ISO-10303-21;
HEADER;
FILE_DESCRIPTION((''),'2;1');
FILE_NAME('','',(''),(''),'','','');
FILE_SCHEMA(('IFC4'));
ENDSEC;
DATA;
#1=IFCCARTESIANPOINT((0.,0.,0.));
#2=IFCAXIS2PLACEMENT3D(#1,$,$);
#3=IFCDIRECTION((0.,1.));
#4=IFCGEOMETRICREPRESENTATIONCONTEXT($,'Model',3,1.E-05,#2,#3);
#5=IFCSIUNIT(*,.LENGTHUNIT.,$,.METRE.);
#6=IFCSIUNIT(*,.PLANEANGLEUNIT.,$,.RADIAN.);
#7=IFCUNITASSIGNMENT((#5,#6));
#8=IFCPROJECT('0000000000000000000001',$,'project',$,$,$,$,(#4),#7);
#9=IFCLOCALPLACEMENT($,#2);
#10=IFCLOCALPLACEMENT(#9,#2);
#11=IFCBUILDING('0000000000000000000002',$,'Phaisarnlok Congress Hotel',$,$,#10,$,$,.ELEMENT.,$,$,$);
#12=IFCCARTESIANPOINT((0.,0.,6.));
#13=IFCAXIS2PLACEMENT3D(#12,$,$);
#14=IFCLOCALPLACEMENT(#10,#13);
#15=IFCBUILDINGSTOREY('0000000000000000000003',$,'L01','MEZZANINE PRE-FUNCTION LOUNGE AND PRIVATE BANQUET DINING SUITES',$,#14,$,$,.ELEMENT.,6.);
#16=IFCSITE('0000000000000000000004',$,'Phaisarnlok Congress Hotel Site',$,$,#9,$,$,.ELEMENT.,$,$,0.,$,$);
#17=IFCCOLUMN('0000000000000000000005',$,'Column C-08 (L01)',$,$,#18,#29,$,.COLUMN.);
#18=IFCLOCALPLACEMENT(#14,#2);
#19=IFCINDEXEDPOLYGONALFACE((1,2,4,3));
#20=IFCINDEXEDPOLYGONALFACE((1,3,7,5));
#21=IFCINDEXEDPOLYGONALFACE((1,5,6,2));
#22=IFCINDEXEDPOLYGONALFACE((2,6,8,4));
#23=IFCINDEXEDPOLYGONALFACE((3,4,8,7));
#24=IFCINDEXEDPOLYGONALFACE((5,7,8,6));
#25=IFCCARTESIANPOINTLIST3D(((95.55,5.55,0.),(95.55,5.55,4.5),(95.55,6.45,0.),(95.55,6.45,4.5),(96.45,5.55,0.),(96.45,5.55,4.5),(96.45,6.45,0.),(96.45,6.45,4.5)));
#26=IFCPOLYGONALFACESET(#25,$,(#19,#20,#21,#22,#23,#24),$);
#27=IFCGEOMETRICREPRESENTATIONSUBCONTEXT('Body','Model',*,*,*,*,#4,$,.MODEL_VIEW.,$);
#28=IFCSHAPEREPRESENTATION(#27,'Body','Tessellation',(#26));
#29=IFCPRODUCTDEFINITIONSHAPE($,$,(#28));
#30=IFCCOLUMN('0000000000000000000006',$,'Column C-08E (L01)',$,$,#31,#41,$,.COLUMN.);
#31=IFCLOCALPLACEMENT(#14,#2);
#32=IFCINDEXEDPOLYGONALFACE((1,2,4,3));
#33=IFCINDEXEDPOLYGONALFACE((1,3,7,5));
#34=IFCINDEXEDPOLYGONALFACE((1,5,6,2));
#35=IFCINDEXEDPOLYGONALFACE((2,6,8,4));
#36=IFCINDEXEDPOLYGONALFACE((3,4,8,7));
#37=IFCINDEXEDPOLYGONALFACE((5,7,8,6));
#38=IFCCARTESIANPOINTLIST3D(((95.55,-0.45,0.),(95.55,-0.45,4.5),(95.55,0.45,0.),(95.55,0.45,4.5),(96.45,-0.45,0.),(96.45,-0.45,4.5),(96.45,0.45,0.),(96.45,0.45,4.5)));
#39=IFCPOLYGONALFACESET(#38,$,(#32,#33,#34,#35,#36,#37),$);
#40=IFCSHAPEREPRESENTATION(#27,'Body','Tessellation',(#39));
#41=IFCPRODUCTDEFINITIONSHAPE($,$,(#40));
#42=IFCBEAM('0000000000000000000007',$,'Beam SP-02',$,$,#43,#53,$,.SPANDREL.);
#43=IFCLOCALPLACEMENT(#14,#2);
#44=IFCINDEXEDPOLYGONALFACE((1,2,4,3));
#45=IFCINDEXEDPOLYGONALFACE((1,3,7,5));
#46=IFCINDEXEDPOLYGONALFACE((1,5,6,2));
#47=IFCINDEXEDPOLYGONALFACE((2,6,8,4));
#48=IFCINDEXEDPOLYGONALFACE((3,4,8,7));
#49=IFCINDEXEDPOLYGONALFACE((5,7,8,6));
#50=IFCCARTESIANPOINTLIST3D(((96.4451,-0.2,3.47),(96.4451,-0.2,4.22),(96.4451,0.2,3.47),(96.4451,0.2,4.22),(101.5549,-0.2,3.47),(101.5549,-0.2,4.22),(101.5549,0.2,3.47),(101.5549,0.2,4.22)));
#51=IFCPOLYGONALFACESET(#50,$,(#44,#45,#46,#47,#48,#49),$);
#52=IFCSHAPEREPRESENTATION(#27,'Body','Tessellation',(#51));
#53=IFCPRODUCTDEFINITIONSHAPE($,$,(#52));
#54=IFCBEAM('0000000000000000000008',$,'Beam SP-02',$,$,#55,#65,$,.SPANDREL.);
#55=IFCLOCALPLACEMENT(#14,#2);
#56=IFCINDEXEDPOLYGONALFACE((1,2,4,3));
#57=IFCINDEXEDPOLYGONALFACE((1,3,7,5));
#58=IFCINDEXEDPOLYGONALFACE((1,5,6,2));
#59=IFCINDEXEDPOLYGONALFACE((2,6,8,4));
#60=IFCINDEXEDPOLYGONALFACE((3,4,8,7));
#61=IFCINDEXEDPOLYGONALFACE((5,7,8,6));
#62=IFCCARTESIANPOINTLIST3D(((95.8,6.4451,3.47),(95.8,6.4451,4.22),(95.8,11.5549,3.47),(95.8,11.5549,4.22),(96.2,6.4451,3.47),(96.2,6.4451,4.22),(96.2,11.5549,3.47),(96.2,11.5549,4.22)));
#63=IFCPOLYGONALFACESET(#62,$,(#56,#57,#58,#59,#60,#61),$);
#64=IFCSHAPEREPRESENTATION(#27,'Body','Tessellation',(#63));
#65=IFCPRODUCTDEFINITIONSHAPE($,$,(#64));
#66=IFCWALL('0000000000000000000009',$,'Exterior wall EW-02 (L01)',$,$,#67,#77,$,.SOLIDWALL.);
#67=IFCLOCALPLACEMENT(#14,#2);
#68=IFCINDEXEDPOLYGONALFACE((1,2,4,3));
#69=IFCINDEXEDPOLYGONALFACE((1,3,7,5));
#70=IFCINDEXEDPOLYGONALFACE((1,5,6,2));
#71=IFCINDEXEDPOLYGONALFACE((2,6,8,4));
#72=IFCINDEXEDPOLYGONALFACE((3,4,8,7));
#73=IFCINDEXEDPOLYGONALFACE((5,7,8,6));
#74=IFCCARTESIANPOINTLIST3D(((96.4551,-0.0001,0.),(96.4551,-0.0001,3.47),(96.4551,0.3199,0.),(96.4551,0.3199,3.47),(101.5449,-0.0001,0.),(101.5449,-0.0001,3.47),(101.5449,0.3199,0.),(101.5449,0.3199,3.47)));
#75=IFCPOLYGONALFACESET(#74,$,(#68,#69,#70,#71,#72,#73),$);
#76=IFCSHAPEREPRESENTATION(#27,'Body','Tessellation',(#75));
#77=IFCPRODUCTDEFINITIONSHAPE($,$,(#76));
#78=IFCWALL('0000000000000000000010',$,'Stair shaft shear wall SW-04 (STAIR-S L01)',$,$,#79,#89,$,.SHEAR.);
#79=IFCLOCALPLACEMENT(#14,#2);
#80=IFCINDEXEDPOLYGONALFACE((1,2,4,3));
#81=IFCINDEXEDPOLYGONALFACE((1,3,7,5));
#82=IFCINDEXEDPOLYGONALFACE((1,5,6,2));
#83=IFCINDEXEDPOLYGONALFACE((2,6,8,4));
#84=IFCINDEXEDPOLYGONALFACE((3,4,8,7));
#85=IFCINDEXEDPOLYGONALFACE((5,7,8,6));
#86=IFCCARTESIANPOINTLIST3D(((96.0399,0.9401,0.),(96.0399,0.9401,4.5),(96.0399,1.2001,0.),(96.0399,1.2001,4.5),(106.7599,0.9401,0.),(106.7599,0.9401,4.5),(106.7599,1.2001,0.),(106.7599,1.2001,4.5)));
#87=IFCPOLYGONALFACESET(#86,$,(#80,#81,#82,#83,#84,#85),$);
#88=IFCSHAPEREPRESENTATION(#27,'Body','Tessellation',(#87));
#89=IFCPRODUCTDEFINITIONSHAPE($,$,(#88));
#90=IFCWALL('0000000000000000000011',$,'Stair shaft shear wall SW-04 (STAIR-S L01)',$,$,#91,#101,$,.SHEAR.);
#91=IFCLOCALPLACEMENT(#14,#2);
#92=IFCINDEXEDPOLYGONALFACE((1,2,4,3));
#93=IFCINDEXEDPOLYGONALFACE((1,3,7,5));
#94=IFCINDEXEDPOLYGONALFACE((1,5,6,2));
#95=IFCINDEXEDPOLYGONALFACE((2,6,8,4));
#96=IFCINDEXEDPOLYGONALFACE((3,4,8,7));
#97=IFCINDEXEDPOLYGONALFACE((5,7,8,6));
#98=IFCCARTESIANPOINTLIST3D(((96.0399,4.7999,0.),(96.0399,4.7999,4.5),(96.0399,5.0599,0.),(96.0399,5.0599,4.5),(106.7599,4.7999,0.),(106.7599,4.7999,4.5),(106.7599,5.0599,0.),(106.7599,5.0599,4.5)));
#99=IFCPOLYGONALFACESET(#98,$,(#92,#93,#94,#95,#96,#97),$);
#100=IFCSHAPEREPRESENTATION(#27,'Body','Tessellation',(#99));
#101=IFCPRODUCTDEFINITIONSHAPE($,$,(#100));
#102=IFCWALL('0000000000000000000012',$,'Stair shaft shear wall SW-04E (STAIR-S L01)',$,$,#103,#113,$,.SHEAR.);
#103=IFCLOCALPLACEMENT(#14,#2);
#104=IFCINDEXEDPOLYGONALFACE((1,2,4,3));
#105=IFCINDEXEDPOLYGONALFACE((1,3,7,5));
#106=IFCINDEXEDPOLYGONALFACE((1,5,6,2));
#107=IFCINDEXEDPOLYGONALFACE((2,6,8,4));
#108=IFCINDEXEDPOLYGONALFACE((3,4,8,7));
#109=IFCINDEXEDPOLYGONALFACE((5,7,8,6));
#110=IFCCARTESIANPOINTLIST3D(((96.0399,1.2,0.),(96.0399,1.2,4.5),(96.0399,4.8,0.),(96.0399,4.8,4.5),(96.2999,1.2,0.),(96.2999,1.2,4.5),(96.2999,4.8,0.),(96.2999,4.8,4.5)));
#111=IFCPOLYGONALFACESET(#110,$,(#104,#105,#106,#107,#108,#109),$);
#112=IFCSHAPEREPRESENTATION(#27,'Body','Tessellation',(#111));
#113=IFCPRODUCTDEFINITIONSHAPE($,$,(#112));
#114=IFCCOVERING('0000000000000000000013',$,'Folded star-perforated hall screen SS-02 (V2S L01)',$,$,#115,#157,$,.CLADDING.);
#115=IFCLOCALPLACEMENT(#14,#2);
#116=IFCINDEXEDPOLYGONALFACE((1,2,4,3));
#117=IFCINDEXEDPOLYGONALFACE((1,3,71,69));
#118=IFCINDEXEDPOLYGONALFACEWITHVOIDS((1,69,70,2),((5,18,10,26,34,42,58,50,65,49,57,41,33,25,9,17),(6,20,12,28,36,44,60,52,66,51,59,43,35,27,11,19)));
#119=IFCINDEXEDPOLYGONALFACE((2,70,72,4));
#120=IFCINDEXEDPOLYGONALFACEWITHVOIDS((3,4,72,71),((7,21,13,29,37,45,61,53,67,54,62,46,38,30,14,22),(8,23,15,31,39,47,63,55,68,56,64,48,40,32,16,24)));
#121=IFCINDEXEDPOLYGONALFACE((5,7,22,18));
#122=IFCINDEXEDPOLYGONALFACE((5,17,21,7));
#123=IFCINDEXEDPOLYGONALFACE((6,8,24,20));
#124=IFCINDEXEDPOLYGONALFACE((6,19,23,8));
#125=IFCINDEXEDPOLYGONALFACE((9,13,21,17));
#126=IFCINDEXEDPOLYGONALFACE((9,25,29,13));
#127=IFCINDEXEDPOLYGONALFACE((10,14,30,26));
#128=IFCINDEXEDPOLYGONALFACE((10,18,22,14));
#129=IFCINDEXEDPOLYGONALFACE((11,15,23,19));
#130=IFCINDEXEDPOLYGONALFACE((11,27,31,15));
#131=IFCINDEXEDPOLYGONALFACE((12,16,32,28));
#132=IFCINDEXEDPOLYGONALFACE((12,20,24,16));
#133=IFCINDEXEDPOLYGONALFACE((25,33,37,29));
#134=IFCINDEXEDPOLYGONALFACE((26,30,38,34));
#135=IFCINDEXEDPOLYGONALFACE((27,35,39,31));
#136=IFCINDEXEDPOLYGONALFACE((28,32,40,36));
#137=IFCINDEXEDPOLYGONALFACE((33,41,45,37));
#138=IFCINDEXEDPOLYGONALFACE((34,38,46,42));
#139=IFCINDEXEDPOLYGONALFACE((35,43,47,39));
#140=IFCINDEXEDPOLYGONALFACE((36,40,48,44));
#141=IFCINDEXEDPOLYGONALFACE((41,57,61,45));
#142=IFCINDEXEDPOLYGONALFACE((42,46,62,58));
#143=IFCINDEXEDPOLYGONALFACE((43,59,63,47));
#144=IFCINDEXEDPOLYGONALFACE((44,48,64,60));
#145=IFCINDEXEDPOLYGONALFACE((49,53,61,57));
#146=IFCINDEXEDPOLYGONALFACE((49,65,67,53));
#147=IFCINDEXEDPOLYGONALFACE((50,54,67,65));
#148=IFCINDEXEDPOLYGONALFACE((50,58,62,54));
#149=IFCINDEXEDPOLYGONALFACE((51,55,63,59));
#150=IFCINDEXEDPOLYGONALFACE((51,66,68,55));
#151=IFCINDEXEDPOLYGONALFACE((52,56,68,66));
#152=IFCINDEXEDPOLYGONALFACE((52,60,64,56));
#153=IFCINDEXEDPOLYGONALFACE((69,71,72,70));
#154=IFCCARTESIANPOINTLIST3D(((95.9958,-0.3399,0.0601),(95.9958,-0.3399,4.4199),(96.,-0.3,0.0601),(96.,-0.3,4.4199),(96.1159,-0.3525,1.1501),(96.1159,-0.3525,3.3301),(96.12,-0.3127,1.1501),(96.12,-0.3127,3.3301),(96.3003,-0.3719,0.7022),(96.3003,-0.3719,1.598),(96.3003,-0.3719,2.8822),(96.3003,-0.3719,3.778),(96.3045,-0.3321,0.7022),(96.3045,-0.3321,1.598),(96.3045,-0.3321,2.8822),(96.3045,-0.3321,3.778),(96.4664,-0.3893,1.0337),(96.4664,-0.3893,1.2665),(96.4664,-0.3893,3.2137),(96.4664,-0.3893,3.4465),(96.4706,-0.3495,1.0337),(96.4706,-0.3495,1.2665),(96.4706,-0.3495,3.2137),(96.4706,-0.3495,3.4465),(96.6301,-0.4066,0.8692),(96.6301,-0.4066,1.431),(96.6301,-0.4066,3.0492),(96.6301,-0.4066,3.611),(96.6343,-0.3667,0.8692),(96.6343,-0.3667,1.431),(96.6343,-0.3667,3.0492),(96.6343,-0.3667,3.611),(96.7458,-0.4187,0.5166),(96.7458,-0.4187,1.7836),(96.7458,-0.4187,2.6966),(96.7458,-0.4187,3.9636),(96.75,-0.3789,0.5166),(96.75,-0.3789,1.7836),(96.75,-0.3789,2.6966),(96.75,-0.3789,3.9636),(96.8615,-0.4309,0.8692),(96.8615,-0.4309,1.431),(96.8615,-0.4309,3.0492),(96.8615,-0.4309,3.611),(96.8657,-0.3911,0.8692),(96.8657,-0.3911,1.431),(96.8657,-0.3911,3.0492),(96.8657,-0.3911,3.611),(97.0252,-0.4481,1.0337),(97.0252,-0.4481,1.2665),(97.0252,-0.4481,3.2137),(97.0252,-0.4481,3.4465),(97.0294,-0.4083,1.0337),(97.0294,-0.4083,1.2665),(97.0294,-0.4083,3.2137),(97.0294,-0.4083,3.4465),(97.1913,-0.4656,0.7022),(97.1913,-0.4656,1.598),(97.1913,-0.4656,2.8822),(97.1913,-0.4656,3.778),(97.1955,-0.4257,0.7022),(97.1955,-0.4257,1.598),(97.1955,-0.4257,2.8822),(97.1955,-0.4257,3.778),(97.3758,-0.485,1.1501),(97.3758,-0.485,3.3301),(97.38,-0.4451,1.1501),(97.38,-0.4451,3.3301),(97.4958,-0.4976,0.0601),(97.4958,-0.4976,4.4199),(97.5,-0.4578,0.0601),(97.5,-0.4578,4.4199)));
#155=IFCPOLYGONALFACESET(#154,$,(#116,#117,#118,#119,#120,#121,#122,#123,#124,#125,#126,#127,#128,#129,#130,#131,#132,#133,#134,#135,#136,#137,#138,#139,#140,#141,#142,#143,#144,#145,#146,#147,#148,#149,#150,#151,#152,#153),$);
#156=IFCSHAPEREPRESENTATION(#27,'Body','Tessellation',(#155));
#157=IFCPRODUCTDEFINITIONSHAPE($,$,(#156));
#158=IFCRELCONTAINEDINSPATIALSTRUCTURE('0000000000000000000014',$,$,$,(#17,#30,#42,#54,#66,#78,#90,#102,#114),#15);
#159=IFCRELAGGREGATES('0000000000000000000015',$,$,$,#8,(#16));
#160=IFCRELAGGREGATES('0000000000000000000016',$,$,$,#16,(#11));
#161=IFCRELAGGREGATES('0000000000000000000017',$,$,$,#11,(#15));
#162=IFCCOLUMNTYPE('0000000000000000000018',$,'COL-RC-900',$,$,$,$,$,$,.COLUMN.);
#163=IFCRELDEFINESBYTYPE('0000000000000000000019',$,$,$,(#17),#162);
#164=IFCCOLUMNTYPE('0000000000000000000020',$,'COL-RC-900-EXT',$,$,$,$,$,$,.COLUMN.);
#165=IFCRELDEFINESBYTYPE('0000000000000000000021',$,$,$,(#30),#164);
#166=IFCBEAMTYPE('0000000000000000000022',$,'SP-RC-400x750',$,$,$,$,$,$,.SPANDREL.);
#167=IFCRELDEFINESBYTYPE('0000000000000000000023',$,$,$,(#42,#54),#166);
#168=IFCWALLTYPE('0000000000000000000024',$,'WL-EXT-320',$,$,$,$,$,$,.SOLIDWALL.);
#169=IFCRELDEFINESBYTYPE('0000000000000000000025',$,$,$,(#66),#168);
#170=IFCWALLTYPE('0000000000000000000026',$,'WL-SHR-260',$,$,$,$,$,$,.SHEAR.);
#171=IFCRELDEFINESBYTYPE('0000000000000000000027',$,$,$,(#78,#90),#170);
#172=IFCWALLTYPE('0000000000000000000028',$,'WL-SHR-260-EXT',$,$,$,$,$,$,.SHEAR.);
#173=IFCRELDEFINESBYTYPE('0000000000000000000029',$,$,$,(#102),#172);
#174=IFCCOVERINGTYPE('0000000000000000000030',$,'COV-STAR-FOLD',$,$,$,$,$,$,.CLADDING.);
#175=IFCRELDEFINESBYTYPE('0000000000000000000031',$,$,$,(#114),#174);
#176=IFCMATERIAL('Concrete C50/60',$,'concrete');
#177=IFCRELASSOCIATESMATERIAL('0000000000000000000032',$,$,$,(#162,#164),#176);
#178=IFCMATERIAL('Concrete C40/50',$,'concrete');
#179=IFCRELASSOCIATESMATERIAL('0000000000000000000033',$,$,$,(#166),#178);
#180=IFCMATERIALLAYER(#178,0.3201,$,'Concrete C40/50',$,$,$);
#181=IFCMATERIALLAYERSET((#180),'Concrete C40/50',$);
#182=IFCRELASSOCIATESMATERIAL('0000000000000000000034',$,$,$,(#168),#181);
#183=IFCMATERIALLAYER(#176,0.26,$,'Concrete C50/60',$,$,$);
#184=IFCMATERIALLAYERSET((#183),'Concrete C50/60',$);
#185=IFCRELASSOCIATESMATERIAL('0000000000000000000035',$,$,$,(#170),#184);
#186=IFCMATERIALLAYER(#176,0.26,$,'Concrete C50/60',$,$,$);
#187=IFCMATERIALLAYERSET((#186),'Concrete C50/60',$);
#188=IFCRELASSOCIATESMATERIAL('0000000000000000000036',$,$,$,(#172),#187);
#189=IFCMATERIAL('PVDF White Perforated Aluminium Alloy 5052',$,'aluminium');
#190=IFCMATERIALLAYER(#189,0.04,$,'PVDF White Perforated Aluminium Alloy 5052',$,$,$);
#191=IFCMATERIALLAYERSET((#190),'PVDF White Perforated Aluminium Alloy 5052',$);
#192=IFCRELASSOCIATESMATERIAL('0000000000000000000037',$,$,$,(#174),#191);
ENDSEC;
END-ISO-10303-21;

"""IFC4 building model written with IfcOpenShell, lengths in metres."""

from ifc_helpers import new_model, si_unit, direction, frame, frame_2d, origin, origin_2d, place, context, subcontext, project, spatial, polyline, rectangle, outline, extrude, material, layer, layer_set, material_profile, profile_set, type_object, element, save


model = new_model("IFC4")

# Units and contexts
model_context = context("Model", 3, precision=1e-05, world=origin(), true_north=direction((0.0, 1.0)))
body_context = subcontext(model_context, "Body", "Model", "MODEL_VIEW")
ifc_project = project(units=[si_unit("LENGTHUNIT", "METRE"), si_unit("PLANEANGLEUNIT", "RADIAN")], contexts=[model_context])

# Site, building, storey
site_placement = place(None, origin())
site = spatial("IfcSite", under=ifc_project, at=site_placement, Name="Phaisarnlok Congress Hotel Site", CompositionType="ELEMENT", RefElevation=0.0)
building_placement = place(site_placement, origin())
building = spatial("IfcBuilding", under=site, at=building_placement, Name="Phaisarnlok Congress Hotel", CompositionType="ELEMENT")
storey_placement = place(building_placement, frame((0.0, 0.0, 6.0)))
storey = spatial("IfcBuildingStorey", under=building, at=storey_placement, Name="L01", Description="MEZZANINE PRE-FUNCTION LOUNGE AND PRIVATE BANQUET DINING SUITES", CompositionType="ELEMENT", Elevation=6.0)

# Columns
ifc_material_1 = material(Name="Concrete C50/60", Category="concrete")
ifc_material_profile_1 = material_profile(ifc_material_1, rectangle(XDim=0.8999, YDim=0.8999, at=origin_2d()), Name="RC 900x900")
ifc_profile_set_1 = profile_set([ifc_material_profile_1], Name="Concrete C50/60")
column_type_1 = type_object("IfcColumnType", Name="COL-RC-900", PredefinedType="COLUMN", material=ifc_profile_set_1)
column_1_placement = place(storey_placement, frame((96.0, 6.0, 0.0), z_axis=(0.0, 0.0, 1.0), x_axis=(1.0, 0.0, 0.0)))
element("IfcColumn", 1, at=column_1_placement, inside=storey, type_object=column_type_1, Name="Column C-08 (L01)", PredefinedType="COLUMN", context=body_context, shape_type="SweptSolid", body=[
    extrude(rectangle(XDim=0.8999, YDim=0.8999, at=origin_2d()), origin(), (0.0, 0.0, 1.0), 4.5),
])
ifc_material_profile_2 = material_profile(ifc_material_1, rectangle(XDim=0.8999, YDim=0.8999, at=origin_2d()), Name="RC 900x900")
ifc_profile_set_2 = profile_set([ifc_material_profile_2], Name="Concrete C50/60")
column_type_2 = type_object("IfcColumnType", Name="COL-RC-900-EXT", PredefinedType="COLUMN", material=ifc_profile_set_2)
column_2_placement = place(storey_placement, frame((96.0, 0.0, 0.0), z_axis=(0.0, 0.0, 1.0), x_axis=(1.0, 0.0, 0.0)))
element("IfcColumn", 2, at=column_2_placement, inside=storey, type_object=column_type_2, Name="Column C-08E (L01)", PredefinedType="COLUMN", context=body_context, shape_type="SweptSolid", body=[
    extrude(rectangle(XDim=0.8999, YDim=0.8999, at=origin_2d()), origin(), (0.0, 0.0, 1.0), 4.5),
])

# Beams
ifc_material_2 = material(Name="Concrete C40/50", Category="concrete")
ifc_material_profile_3 = material_profile(ifc_material_2, rectangle(XDim=0.3999, YDim=0.75, at=origin_2d()), Name="RC 400x750")
ifc_profile_set_3 = profile_set([ifc_material_profile_3], Name="Concrete C40/50")
beam_type = type_object("IfcBeamType", Name="SP-RC-400x750", PredefinedType="SPANDREL", material=ifc_profile_set_3)
for number, where, z_axis, x_axis, name in (
    (3, (96.4451, 0.0, 3.845), (1.0, 0.0, 0.0), (0.0, 1.0, 0.0), "Beam SP-02"),
    (4, (96.0, 6.4451, 3.845), (0.0, 1.0, 0.0), (-1.0, 0.0, 0.0), "Beam SP-02"),
):
    element("IfcBeam", number, at=place(storey_placement, frame(where, z_axis=z_axis, x_axis=x_axis)), inside=storey, type_object=beam_type, Name=name, PredefinedType="SPANDREL", context=body_context, shape_type="SweptSolid", body=[
        extrude(rectangle(XDim=0.3999, YDim=0.75, at=origin_2d()), origin(), (0.0, 0.0, 1.0), 5.1099),
    ])

# Walls
ifc_layer_1 = layer(ifc_material_2, 0.3201, Name="Concrete C40/50")
ifc_layer_set_1 = layer_set([ifc_layer_1], Name="Concrete C40/50")
wall_type_1 = type_object("IfcWallType", Name="WL-EXT-320", PredefinedType="SOLIDWALL", material=ifc_layer_set_1)
wall_1_placement = place(storey_placement, frame((96.4551, 0.1599, 0.0), z_axis=(0.0, 0.0, 1.0), x_axis=(1.0, 0.0, 0.0)))
element("IfcWall", 5, at=wall_1_placement, inside=storey, type_object=wall_type_1, Name="Exterior wall EW-02 (L01)", PredefinedType="SOLIDWALL", context=body_context, shape_type="SweptSolid", body=[
    extrude(rectangle(XDim=5.0898, YDim=0.3201, at=frame_2d((2.5449, 0.0))), origin(), (0.0, 0.0, 1.0), 3.47),
])
ifc_layer_2 = layer(ifc_material_1, 0.26, Name="Concrete C50/60")
ifc_layer_set_2 = layer_set([ifc_layer_2], Name="Concrete C50/60")
wall_type_2 = type_object("IfcWallType", Name="WL-SHR-260", PredefinedType="SHEAR", material=ifc_layer_set_2)
for number, where, z_axis, x_axis, name in (
    (6, (96.04, 1.0701, 0.0), (0.0, 0.0, 1.0), (1.0, 0.0, 0.0), "Stair shaft shear wall SW-04 (STAIR-S L01)"),
    (7, (96.04, 4.9299, 0.0), (0.0, 0.0, 1.0), (1.0, 0.0, 0.0), "Stair shaft shear wall SW-04 (STAIR-S L01)"),
):
    element("IfcWall", number, at=place(storey_placement, frame(where, z_axis=z_axis, x_axis=x_axis)), inside=storey, type_object=wall_type_2, Name=name, PredefinedType="SHEAR", context=body_context, shape_type="SweptSolid", body=[
        extrude(rectangle(XDim=10.72, YDim=0.26, at=frame_2d((5.3599, 0.0))), origin(), (0.0, 0.0, 1.0), 4.5),
    ])
ifc_layer_3 = layer(ifc_material_1, 0.26, Name="Concrete C50/60")
ifc_layer_set_3 = layer_set([ifc_layer_3], Name="Concrete C50/60")
wall_type_3 = type_object("IfcWallType", Name="WL-SHR-260-EXT", PredefinedType="SHEAR", material=ifc_layer_set_3)
wall_2_placement = place(storey_placement, frame((96.1699, 1.2, 0.0), z_axis=(0.0, 0.0, 1.0), x_axis=(0.0, 1.0, 0.0)))
element("IfcWall", 8, at=wall_2_placement, inside=storey, type_object=wall_type_3, Name="Stair shaft shear wall SW-04E (STAIR-S L01)", PredefinedType="SHEAR", context=body_context, shape_type="SweptSolid", body=[
    extrude(rectangle(XDim=3.6001, YDim=0.26, at=frame_2d((1.8, 0.0))), origin(), (0.0, 0.0, 1.0), 4.5),
])

# Covering
ifc_material_3 = material(Name="PVDF White Perforated Aluminium Alloy 5052", Category="aluminium")
ifc_layer_4 = layer(ifc_material_3, 0.04, Name="PVDF White Perforated Aluminium Alloy 5052")
ifc_layer_set_4 = layer_set([ifc_layer_4], Name="PVDF White Perforated Aluminium Alloy 5052")
covering_type = type_object("IfcCoveringType", Name="COV-STAR-FOLD", PredefinedType="CLADDING", material=ifc_layer_set_4)
for number, where, z_axis, x_axis, name in (
    (9, (96.0, -0.3, 0.0601), (-0.104567, -0.994518, 0.0), (0.994518, -0.104567, 0.0), "Folded star-perforated hall screen SS-02 (V2S L01)"),
):
    element("IfcCovering", number, at=place(storey_placement, frame(where, z_axis=z_axis, x_axis=x_axis)), inside=storey, type_object=covering_type, Name=name, PredefinedType="CLADDING", context=body_context, shape_type="SweptSolid", body=[
        extrude(outline(polyline([(0.0, 0.0), (1.5083, 0.0), (1.5083, 4.3599), (0.0, 4.3599), (0.0, 0.0)]), holes=[polyline([(1.0351, 0.9736), (1.2021, 0.6421), (0.8705, 0.8091), (0.7541, 0.4565), (0.6378, 0.8091), (0.3062, 0.6421), (0.4732, 0.9736), (0.1207, 1.09), (0.4732, 1.2064), (0.3062, 1.5379), (0.6378, 1.3709), (0.7541, 1.7235), (0.8705, 1.3709), (1.2021, 1.5379), (1.0351, 1.2064), (1.3876, 1.09), (1.0351, 0.9736)]), polyline([(1.0351, 3.1536), (1.2021, 2.8221), (0.8705, 2.9891), (0.7541, 2.6365), (0.6378, 2.9891), (0.3062, 2.8221), (0.4732, 3.1536), (0.1207, 3.27), (0.4732, 3.3864), (0.3062, 3.7179), (0.6378, 3.5509), (0.7541, 3.9035), (0.8705, 3.5509), (1.2021, 3.7179), (1.0351, 3.3864), (1.3876, 3.27), (1.0351, 3.1536)])]), origin(), (0.0, 0.0, 1.0), 0.04),
    ])

save(model, "model.ifc")
